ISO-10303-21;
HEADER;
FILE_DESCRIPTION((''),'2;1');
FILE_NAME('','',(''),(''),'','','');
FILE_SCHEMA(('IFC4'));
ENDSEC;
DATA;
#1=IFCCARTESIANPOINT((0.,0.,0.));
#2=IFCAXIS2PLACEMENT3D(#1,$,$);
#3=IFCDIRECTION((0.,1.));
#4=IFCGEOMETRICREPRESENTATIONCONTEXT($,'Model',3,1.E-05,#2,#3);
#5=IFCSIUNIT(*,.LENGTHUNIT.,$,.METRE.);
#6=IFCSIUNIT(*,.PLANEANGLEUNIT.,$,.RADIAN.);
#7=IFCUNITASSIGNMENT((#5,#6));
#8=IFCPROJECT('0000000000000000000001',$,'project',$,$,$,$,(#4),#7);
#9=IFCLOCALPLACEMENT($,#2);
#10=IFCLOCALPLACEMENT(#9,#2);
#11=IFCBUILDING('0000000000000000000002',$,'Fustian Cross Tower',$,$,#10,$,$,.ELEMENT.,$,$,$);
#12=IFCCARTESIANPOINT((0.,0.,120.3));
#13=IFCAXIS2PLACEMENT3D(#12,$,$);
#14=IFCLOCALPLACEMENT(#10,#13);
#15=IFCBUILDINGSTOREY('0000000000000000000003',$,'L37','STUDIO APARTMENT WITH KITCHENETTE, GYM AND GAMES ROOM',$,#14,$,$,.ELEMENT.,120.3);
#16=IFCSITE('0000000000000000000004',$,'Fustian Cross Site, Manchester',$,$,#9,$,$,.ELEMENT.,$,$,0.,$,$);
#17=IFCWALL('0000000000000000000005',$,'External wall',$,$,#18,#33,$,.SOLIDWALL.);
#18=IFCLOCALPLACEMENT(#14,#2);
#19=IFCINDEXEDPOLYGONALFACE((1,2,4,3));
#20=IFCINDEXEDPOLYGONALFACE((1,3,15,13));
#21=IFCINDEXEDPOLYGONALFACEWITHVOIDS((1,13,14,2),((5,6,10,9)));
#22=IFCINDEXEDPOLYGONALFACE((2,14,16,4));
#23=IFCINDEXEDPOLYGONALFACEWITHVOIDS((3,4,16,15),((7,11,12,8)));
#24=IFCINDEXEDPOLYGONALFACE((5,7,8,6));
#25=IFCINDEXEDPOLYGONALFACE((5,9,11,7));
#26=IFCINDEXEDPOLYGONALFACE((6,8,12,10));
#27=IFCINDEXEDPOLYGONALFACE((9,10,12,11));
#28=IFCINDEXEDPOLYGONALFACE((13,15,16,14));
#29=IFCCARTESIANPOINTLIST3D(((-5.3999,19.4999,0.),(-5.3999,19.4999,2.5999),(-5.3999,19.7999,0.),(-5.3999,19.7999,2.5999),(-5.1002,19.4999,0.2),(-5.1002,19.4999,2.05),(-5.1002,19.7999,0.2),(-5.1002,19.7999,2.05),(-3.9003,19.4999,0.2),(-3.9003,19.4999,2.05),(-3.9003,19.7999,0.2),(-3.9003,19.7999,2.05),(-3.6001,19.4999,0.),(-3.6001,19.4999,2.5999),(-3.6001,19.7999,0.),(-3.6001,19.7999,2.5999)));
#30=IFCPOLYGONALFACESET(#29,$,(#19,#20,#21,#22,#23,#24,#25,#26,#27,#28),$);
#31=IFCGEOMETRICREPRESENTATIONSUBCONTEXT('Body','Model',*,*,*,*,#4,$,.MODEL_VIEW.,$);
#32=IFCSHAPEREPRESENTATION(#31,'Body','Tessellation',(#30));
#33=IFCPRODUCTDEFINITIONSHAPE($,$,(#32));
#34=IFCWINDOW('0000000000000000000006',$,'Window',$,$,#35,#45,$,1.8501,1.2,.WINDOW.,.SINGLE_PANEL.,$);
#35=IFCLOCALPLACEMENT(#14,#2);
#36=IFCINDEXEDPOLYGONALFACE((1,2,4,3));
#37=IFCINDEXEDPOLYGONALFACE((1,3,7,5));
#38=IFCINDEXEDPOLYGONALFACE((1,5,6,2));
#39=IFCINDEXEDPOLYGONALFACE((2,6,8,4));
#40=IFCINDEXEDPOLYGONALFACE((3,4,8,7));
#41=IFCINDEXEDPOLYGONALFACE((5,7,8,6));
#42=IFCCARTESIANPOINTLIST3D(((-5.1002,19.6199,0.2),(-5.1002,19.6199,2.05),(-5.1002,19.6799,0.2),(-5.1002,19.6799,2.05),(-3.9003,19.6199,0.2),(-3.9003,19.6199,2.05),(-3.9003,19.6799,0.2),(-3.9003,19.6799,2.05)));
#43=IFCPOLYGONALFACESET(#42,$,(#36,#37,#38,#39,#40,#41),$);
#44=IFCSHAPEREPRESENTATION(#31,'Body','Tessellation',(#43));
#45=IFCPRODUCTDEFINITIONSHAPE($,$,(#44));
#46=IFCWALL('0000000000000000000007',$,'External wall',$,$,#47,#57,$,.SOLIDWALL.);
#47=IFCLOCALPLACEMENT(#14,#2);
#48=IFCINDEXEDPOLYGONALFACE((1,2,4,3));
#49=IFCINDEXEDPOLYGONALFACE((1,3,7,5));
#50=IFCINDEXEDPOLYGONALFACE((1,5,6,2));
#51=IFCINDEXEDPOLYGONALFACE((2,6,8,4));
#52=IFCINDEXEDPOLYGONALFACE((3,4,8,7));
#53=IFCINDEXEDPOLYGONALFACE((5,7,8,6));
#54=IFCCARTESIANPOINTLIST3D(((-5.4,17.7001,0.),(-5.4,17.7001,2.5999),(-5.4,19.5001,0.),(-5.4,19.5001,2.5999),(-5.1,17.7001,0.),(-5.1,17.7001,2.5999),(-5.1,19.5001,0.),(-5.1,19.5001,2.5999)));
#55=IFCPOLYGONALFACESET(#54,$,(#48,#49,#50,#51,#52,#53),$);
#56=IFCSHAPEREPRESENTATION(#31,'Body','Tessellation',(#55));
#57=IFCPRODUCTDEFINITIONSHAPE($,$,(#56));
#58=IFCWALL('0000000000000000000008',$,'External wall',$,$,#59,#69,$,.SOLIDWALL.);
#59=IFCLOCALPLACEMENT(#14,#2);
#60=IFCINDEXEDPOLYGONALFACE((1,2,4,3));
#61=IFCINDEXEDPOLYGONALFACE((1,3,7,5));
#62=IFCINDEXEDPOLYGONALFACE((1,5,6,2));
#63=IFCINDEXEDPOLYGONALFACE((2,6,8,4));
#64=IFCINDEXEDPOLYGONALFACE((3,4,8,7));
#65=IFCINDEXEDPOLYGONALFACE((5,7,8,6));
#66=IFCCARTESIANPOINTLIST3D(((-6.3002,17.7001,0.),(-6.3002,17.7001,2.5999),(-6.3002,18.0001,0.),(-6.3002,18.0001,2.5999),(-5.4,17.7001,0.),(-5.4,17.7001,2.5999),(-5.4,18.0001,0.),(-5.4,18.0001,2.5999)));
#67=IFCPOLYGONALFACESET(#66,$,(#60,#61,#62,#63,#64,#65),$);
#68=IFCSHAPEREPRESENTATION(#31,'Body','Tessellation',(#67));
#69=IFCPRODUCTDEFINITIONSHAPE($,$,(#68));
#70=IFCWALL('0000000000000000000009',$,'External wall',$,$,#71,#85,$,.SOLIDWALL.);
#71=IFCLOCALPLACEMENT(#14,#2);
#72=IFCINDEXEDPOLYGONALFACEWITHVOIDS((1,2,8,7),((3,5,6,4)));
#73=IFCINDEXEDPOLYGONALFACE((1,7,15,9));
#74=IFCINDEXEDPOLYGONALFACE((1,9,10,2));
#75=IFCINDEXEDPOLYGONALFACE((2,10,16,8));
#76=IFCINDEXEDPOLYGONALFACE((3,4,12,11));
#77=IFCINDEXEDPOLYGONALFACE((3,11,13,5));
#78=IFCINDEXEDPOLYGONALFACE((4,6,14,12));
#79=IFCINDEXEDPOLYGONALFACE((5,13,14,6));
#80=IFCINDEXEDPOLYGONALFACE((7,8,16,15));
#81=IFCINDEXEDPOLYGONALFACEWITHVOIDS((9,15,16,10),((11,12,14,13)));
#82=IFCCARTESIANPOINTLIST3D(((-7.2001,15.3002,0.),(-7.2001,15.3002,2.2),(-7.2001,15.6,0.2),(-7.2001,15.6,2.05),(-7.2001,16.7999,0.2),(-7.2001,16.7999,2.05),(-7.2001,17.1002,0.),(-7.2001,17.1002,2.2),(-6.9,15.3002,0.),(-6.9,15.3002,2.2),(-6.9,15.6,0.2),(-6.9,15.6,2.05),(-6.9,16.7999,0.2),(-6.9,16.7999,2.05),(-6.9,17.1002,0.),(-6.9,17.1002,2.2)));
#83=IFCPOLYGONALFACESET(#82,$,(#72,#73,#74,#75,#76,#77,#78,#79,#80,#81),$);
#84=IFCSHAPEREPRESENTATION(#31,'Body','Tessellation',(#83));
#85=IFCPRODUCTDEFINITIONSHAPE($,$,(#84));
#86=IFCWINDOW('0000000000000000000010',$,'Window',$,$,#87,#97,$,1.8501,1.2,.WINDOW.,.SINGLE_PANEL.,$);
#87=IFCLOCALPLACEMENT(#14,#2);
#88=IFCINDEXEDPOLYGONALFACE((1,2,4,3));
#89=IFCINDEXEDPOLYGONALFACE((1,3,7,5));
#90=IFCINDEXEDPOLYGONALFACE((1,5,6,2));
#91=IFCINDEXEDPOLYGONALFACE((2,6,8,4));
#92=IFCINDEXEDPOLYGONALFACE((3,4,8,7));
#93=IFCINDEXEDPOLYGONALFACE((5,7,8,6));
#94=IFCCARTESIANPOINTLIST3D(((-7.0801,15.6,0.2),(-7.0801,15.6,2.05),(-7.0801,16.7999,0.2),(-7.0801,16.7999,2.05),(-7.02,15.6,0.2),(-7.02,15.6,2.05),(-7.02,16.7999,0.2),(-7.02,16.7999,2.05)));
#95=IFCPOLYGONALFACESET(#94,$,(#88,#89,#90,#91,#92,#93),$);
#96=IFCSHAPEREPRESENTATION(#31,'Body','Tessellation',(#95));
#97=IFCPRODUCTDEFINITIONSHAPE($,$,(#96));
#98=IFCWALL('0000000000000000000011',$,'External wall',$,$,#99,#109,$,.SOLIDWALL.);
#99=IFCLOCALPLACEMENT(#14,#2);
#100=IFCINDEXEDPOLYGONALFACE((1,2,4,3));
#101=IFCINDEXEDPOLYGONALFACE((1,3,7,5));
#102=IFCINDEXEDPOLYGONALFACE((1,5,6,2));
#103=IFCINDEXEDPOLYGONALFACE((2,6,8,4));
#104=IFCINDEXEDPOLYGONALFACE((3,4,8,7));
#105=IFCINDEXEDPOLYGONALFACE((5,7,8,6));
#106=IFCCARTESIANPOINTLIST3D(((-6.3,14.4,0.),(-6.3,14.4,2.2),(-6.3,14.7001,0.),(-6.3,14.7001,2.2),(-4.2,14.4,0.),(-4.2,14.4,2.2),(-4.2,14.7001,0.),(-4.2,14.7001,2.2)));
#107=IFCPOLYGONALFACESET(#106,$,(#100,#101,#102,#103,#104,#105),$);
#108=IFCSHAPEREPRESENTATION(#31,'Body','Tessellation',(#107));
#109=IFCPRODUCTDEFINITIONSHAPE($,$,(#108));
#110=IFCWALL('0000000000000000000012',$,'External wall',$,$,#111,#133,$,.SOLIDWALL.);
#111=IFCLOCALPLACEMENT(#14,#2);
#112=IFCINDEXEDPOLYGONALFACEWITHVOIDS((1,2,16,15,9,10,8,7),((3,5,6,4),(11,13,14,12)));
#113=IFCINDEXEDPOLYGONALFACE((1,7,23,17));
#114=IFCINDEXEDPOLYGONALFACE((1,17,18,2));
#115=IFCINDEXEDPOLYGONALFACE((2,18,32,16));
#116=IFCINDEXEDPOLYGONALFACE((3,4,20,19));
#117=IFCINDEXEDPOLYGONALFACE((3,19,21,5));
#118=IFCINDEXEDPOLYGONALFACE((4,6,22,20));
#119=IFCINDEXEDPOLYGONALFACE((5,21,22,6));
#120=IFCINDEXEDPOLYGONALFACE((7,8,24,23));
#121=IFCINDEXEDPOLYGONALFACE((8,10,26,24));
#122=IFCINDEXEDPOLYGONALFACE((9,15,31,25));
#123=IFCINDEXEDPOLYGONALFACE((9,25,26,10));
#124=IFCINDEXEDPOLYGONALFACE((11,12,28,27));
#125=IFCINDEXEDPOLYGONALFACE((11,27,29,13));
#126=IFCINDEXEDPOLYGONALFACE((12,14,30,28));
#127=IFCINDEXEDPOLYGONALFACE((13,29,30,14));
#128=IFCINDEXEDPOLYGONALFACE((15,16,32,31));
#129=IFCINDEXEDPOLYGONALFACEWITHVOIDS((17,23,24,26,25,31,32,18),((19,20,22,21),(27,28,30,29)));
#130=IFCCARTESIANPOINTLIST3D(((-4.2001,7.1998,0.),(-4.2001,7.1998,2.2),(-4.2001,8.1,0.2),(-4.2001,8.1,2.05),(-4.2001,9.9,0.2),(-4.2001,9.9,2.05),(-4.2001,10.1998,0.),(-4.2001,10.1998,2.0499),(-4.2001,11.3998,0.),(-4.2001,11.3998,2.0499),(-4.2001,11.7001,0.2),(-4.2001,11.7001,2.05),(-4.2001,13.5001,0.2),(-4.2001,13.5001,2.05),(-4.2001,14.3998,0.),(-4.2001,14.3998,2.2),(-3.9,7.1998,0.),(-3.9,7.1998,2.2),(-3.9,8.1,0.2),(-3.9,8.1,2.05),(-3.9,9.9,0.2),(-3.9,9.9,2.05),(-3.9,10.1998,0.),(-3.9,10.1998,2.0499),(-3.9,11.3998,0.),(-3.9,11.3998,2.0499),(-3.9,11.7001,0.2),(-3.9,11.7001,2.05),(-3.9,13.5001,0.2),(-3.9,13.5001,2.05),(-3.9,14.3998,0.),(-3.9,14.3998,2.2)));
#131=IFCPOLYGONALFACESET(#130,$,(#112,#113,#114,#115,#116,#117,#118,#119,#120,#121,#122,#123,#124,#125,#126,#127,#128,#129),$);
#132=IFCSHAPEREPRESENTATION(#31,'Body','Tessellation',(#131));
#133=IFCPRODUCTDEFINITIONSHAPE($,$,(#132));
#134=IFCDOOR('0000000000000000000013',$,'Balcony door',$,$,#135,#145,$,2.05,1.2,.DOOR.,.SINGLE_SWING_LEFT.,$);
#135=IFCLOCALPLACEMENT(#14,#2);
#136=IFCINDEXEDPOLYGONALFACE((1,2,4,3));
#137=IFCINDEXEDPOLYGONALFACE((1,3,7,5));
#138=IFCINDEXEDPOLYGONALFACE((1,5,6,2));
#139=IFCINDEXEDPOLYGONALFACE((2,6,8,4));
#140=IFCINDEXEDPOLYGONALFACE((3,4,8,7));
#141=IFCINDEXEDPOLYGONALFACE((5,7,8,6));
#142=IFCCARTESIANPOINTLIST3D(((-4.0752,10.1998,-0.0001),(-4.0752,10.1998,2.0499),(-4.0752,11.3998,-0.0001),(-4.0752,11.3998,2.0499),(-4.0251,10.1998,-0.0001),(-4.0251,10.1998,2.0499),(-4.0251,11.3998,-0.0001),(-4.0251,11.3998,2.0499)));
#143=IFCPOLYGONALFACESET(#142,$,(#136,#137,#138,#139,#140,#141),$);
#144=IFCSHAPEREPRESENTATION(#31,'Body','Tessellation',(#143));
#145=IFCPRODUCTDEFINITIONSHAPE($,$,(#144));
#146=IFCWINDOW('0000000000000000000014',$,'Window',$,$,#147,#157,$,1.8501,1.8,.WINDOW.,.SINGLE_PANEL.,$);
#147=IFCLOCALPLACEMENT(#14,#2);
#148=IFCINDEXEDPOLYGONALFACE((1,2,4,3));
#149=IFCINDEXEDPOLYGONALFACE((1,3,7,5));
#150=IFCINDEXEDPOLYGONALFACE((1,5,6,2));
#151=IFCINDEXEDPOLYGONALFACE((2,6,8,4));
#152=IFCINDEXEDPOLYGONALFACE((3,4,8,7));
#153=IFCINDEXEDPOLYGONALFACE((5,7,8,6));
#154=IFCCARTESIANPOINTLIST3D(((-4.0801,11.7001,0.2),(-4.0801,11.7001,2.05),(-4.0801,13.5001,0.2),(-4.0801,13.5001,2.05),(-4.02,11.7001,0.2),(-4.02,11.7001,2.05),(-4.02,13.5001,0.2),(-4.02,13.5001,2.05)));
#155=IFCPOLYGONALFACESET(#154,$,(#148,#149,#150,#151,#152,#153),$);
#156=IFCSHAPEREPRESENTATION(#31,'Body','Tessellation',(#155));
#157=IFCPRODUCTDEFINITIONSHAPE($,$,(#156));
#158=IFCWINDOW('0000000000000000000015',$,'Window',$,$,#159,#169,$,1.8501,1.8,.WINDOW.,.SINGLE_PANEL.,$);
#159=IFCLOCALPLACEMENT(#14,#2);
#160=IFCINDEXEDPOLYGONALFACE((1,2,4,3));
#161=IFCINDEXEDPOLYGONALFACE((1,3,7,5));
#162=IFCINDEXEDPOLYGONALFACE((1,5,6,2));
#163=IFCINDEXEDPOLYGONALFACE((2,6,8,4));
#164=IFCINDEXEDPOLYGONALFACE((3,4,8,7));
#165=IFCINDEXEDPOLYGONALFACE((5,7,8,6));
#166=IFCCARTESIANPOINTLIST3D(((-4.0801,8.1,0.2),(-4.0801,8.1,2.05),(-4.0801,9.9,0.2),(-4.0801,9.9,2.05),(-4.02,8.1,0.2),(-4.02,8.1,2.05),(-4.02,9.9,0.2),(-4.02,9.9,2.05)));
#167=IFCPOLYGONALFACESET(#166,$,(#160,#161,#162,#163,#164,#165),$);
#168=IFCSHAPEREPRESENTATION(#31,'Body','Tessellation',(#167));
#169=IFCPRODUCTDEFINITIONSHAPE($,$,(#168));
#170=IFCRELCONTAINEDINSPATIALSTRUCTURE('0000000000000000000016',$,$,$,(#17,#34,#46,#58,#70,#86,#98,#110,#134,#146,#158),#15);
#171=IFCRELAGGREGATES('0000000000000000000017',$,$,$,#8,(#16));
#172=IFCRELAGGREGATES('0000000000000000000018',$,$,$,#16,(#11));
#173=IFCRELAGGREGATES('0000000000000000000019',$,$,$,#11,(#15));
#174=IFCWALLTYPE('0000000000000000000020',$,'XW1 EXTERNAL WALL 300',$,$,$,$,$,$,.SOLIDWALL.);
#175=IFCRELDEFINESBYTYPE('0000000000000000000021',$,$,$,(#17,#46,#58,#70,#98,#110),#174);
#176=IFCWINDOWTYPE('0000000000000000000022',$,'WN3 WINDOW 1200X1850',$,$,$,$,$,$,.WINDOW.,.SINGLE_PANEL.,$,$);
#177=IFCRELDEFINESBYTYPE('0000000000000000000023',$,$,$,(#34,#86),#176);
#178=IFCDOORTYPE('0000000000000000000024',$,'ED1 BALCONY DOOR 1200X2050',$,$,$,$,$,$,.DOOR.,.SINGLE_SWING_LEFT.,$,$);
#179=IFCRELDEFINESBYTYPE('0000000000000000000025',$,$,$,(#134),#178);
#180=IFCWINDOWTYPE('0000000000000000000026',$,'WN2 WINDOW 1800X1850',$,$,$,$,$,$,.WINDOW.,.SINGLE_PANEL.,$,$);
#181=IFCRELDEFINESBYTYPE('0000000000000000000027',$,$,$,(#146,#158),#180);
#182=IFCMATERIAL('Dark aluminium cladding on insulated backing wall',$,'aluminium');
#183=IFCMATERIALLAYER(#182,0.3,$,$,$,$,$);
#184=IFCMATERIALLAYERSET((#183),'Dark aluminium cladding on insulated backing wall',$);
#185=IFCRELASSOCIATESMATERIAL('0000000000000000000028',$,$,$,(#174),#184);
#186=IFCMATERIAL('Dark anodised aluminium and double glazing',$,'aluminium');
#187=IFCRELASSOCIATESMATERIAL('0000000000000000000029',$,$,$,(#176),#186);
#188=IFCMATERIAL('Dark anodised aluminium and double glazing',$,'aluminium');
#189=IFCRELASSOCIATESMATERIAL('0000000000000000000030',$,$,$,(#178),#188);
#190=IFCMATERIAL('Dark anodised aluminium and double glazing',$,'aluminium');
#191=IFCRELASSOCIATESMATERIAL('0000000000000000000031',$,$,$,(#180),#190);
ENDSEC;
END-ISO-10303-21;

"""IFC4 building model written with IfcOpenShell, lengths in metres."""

from ifc_helpers import new_model, si_unit, direction, frame, frame_2d, origin, place, context, subcontext, project, spatial, rectangle, extrude, material, layer, layer_set, type_object, element, fill, save


model = new_model("IFC4")

# Units and contexts
model_context = context("Model", 3, precision=1e-05, world=origin(), true_north=direction((0.0, 1.0)))
body_context = subcontext(model_context, "Body", "Model", "MODEL_VIEW")
ifc_project = project(units=[si_unit("LENGTHUNIT", "METRE"), si_unit("PLANEANGLEUNIT", "RADIAN")], contexts=[model_context])

# Site, building, storey
site_placement = place(None, origin())
site = spatial("IfcSite", under=ifc_project, at=site_placement, Name="Fustian Cross Site, Manchester", CompositionType="ELEMENT", RefElevation=0.0)
building_placement = place(site_placement, origin())
building = spatial("IfcBuilding", under=site, at=building_placement, Name="Fustian Cross Tower", CompositionType="ELEMENT")
storey_placement = place(building_placement, frame((0.0, 0.0, 120.3)))
storey = spatial("IfcBuildingStorey", under=building, at=storey_placement, Name="L37", Description="STUDIO APARTMENT WITH KITCHENETTE, GYM AND GAMES ROOM", CompositionType="ELEMENT", Elevation=120.3)

# Shared definitions
ifc_material_1 = material(Name="Dark aluminium cladding on insulated backing wall", Category="aluminium")
ifc_layer_1 = layer(ifc_material_1, 0.3)
ifc_layer_set_1 = layer_set([ifc_layer_1], Name="Dark aluminium cladding on insulated backing wall")
wall_type_1 = type_object("IfcWallType", Name="XW1 EXTERNAL WALL 300", PredefinedType="SOLIDWALL", material=ifc_layer_set_1)

# Wall, opening, window
wall_1_placement = place(storey_placement, frame((-3.6001, 19.6499, 0.0), z_axis=(0.0, 0.0, 1.0), x_axis=(-1.0, 0.0, 0.0)))
wall_1 = element("IfcWall", 1, at=wall_1_placement, inside=storey, type_object=wall_type_1, Name="External wall", PredefinedType="SOLIDWALL", context=body_context, shape_type="SweptSolid", body=[
    extrude(rectangle(XDim=1.7998, YDim=0.3, at=frame_2d((0.8999, 0.0))), origin(), (0.0, 0.0, 1.0), 2.5999),
])
opening_1_placement = place(wall_1_placement, frame((0.3, 0.0, 0.2)))
opening_1 = element("IfcOpeningElement", 2, at=opening_1_placement, cuts=wall_1, PredefinedType="OPENING", context=body_context, shape_type="SweptSolid", body=[
    extrude(rectangle(XDim=1.2, YDim=1.8501, at=frame_2d((0.6001, 0.925))), frame((0.0, 0.1599, 0.0), z_axis=(0.0, -1.0, 0.0), x_axis=(1.0, 0.0, 0.0)), (0.0, 0.0, 1.0), 0.3201),
])
ifc_material_2 = material(Name="Dark anodised aluminium and double glazing", Category="aluminium")
window_type_1 = type_object("IfcWindowType", Name="WN3 WINDOW 1200X1850", PartitioningType="SINGLE_PANEL", PredefinedType="WINDOW", material=ifc_material_2)
window_1_placement = place(opening_1_placement, origin())
window_1 = element("IfcWindow", 3, at=window_1_placement, inside=storey, type_object=window_type_1, Name="Window", OverallHeight=1.8501, OverallWidth=1.2, PartitioningType="SINGLE_PANEL", PredefinedType="WINDOW", context=body_context, shape_type="SweptSolid", body=[
    extrude(rectangle(XDim=1.2, YDim=1.8501, at=frame_2d((0.6001, 0.925))), frame((0.0, 0.03, 0.0), z_axis=(0.0, -1.0, 0.0), x_axis=(1.0, 0.0, 0.0)), (0.0, 0.0, 1.0), 0.0601),
])
fill(opening_1, window_1)

# Walls
wall_2_placement = place(storey_placement, frame((-5.25, 19.5, 0.0), z_axis=(0.0, 0.0, 1.0), x_axis=(0.0, -1.0, 0.0)))
element("IfcWall", 4, at=wall_2_placement, inside=storey, type_object=wall_type_1, Name="External wall", PredefinedType="SOLIDWALL", context=body_context, shape_type="SweptSolid", body=[
    extrude(rectangle(XDim=1.8, YDim=0.3, at=frame_2d((0.8999, 0.0))), origin(), (0.0, 0.0, 1.0), 2.5999),
])
wall_3_placement = place(storey_placement, frame((-5.3999, 17.8501, 0.0), z_axis=(0.0, 0.0, 1.0), x_axis=(-1.0, 0.0, 0.0)))
element("IfcWall", 5, at=wall_3_placement, inside=storey, type_object=wall_type_1, Name="External wall", PredefinedType="SOLIDWALL", context=body_context, shape_type="SweptSolid", body=[
    extrude(rectangle(XDim=0.9001, YDim=0.3, at=frame_2d((0.4502, 0.0))), origin(), (0.0, 0.0, 1.0), 2.5999),
])

# Wall, opening, window
wall_4_placement = place(storey_placement, frame((-7.05, 17.1001, 0.0), z_axis=(0.0, 0.0, 1.0), x_axis=(0.0, -1.0, 0.0)))
wall_4 = element("IfcWall", 6, at=wall_4_placement, inside=storey, type_object=wall_type_1, Name="External wall", PredefinedType="SOLIDWALL", context=body_context, shape_type="SweptSolid", body=[
    extrude(rectangle(XDim=1.8, YDim=0.3, at=frame_2d((0.8999, 0.0))), origin(), (0.0, 0.0, 1.0), 2.2),
])
opening_2_placement = place(wall_4_placement, frame((0.3, 0.0, 0.2)))
opening_2 = element("IfcOpeningElement", 7, at=opening_2_placement, cuts=wall_4, PredefinedType="OPENING", context=body_context, shape_type="SweptSolid", body=[
    extrude(rectangle(XDim=1.2, YDim=1.8501, at=frame_2d((0.6001, 0.925))), frame((0.0, 0.1599, 0.0), z_axis=(0.0, -1.0, 0.0), x_axis=(1.0, 0.0, 0.0)), (0.0, 0.0, 1.0), 0.3201),
])
window_2_placement = place(opening_2_placement, origin())
window_2 = element("IfcWindow", 8, at=window_2_placement, inside=storey, type_object=window_type_1, Name="Window", OverallHeight=1.8501, OverallWidth=1.2, PartitioningType="SINGLE_PANEL", PredefinedType="WINDOW", context=body_context, shape_type="SweptSolid", body=[
    extrude(rectangle(XDim=1.2, YDim=1.8501, at=frame_2d((0.6001, 0.925))), frame((0.0, 0.03, 0.0), z_axis=(0.0, -1.0, 0.0), x_axis=(1.0, 0.0, 0.0)), (0.0, 0.0, 1.0), 0.0601),
])
fill(opening_2, window_2)

# Wall
wall_5_placement = place(storey_placement, frame((-6.3, 14.55, 0.0), z_axis=(0.0, 0.0, 1.0), x_axis=(1.0, 0.0, 0.0)))
element("IfcWall", 9, at=wall_5_placement, inside=storey, type_object=wall_type_1, Name="External wall", PredefinedType="SOLIDWALL", context=body_context, shape_type="SweptSolid", body=[
    extrude(rectangle(XDim=2.1001, YDim=0.3, at=frame_2d((1.05, 0.0))), origin(), (0.0, 0.0, 1.0), 2.2),
])

# Wall, openings, door, windows
wall_6_placement = place(storey_placement, frame((-4.05, 14.3999, 0.0), z_axis=(0.0, 0.0, 1.0), x_axis=(0.0, -1.0, 0.0)))
wall_6 = element("IfcWall", 10, at=wall_6_placement, inside=storey, type_object=wall_type_1, Name="External wall", PredefinedType="SOLIDWALL", context=body_context, shape_type="SweptSolid", body=[
    extrude(rectangle(XDim=7.2, YDim=0.3, at=frame_2d((3.6001, 0.0))), origin(), (0.0, 0.0, 1.0), 2.2),
])
opening_3_placement = place(wall_6_placement, frame((3.0, 0.0, 0.0)))
opening_3 = element("IfcOpeningElement", 11, at=opening_3_placement, cuts=wall_6, PredefinedType="OPENING", context=body_context, shape_type="SweptSolid", body=[
    extrude(rectangle(XDim=1.2, YDim=2.05, at=frame_2d((0.6001, 1.0249))), frame((0.0, 0.1599, 0.0), z_axis=(0.0, -1.0, 0.0), x_axis=(1.0, 0.0, 0.0)), (0.0, 0.0, 1.0), 0.3201),
])
opening_4_placement = place(wall_6_placement, frame((0.8999, 0.0, 0.2)))
opening_4 = element("IfcOpeningElement", 12, at=opening_4_placement, cuts=wall_6, PredefinedType="OPENING", context=body_context, shape_type="SweptSolid", body=[
    extrude(rectangle(XDim=1.8, YDim=1.8501, at=frame_2d((0.8999, 0.925))), frame((0.0, 0.1599, 0.0), z_axis=(0.0, -1.0, 0.0), x_axis=(1.0, 0.0, 0.0)), (0.0, 0.0, 1.0), 0.3201),
])
opening_5_placement = place(wall_6_placement, frame((4.5, 0.0, 0.2)))
opening_5 = element("IfcOpeningElement", 13, at=opening_5_placement, cuts=wall_6, PredefinedType="OPENING", context=body_context, shape_type="SweptSolid", body=[
    extrude(rectangle(XDim=1.8, YDim=1.8501, at=frame_2d((0.8999, 0.925))), frame((0.0, 0.1599, 0.0), z_axis=(0.0, -1.0, 0.0), x_axis=(1.0, 0.0, 0.0)), (0.0, 0.0, 1.0), 0.3201),
])
ifc_material_3 = material(Name="Dark anodised aluminium and double glazing", Category="aluminium")
door_type_1 = type_object("IfcDoorType", Name="ED1 BALCONY DOOR 1200X2050", OperationType="SINGLE_SWING_LEFT", PredefinedType="DOOR", material=ifc_material_3)
door_1_placement = place(opening_3_placement, origin())
door_1 = element("IfcDoor", 14, at=door_1_placement, inside=storey, type_object=door_type_1, Name="Balcony door", OperationType="SINGLE_SWING_LEFT", OverallHeight=2.05, OverallWidth=1.2, PredefinedType="DOOR", context=body_context, shape_type="SweptSolid", body=[
    extrude(rectangle(XDim=1.2, YDim=2.05, at=frame_2d((0.6001, 1.0249))), frame((0.0, 0.0249, 0.0), z_axis=(0.0, -1.0, 0.0), x_axis=(1.0, 0.0, 0.0)), (0.0, 0.0, 1.0), 0.05),
])
fill(opening_3, door_1)
ifc_material_4 = material(Name="Dark anodised aluminium and double glazing", Category="aluminium")
window_type_2 = type_object("IfcWindowType", Name="WN2 WINDOW 1800X1850", PartitioningType="SINGLE_PANEL", PredefinedType="WINDOW", material=ifc_material_4)
window_3_placement = place(opening_4_placement, origin())
window_3 = element("IfcWindow", 15, at=window_3_placement, inside=storey, type_object=window_type_2, Name="Window", OverallHeight=1.8501, OverallWidth=1.8, PartitioningType="SINGLE_PANEL", PredefinedType="WINDOW", context=body_context, shape_type="SweptSolid", body=[
    extrude(rectangle(XDim=1.8, YDim=1.8501, at=frame_2d((0.8999, 0.925))), frame((0.0, 0.03, 0.0), z_axis=(0.0, -1.0, 0.0), x_axis=(1.0, 0.0, 0.0)), (0.0, 0.0, 1.0), 0.0601),
])
fill(opening_4, window_3)
window_4_placement = place(opening_5_placement, origin())
window_4 = element("IfcWindow", 16, at=window_4_placement, inside=storey, type_object=window_type_2, Name="Window", OverallHeight=1.8501, OverallWidth=1.8, PartitioningType="SINGLE_PANEL", PredefinedType="WINDOW", context=body_context, shape_type="SweptSolid", body=[
    extrude(rectangle(XDim=1.8, YDim=1.8501, at=frame_2d((0.8999, 0.925))), frame((0.0, 0.03, 0.0), z_axis=(0.0, -1.0, 0.0), x_axis=(1.0, 0.0, 0.0)), (0.0, 0.0, 1.0), 0.0601),
])
fill(opening_5, window_4)

save(model, "model.ifc")
